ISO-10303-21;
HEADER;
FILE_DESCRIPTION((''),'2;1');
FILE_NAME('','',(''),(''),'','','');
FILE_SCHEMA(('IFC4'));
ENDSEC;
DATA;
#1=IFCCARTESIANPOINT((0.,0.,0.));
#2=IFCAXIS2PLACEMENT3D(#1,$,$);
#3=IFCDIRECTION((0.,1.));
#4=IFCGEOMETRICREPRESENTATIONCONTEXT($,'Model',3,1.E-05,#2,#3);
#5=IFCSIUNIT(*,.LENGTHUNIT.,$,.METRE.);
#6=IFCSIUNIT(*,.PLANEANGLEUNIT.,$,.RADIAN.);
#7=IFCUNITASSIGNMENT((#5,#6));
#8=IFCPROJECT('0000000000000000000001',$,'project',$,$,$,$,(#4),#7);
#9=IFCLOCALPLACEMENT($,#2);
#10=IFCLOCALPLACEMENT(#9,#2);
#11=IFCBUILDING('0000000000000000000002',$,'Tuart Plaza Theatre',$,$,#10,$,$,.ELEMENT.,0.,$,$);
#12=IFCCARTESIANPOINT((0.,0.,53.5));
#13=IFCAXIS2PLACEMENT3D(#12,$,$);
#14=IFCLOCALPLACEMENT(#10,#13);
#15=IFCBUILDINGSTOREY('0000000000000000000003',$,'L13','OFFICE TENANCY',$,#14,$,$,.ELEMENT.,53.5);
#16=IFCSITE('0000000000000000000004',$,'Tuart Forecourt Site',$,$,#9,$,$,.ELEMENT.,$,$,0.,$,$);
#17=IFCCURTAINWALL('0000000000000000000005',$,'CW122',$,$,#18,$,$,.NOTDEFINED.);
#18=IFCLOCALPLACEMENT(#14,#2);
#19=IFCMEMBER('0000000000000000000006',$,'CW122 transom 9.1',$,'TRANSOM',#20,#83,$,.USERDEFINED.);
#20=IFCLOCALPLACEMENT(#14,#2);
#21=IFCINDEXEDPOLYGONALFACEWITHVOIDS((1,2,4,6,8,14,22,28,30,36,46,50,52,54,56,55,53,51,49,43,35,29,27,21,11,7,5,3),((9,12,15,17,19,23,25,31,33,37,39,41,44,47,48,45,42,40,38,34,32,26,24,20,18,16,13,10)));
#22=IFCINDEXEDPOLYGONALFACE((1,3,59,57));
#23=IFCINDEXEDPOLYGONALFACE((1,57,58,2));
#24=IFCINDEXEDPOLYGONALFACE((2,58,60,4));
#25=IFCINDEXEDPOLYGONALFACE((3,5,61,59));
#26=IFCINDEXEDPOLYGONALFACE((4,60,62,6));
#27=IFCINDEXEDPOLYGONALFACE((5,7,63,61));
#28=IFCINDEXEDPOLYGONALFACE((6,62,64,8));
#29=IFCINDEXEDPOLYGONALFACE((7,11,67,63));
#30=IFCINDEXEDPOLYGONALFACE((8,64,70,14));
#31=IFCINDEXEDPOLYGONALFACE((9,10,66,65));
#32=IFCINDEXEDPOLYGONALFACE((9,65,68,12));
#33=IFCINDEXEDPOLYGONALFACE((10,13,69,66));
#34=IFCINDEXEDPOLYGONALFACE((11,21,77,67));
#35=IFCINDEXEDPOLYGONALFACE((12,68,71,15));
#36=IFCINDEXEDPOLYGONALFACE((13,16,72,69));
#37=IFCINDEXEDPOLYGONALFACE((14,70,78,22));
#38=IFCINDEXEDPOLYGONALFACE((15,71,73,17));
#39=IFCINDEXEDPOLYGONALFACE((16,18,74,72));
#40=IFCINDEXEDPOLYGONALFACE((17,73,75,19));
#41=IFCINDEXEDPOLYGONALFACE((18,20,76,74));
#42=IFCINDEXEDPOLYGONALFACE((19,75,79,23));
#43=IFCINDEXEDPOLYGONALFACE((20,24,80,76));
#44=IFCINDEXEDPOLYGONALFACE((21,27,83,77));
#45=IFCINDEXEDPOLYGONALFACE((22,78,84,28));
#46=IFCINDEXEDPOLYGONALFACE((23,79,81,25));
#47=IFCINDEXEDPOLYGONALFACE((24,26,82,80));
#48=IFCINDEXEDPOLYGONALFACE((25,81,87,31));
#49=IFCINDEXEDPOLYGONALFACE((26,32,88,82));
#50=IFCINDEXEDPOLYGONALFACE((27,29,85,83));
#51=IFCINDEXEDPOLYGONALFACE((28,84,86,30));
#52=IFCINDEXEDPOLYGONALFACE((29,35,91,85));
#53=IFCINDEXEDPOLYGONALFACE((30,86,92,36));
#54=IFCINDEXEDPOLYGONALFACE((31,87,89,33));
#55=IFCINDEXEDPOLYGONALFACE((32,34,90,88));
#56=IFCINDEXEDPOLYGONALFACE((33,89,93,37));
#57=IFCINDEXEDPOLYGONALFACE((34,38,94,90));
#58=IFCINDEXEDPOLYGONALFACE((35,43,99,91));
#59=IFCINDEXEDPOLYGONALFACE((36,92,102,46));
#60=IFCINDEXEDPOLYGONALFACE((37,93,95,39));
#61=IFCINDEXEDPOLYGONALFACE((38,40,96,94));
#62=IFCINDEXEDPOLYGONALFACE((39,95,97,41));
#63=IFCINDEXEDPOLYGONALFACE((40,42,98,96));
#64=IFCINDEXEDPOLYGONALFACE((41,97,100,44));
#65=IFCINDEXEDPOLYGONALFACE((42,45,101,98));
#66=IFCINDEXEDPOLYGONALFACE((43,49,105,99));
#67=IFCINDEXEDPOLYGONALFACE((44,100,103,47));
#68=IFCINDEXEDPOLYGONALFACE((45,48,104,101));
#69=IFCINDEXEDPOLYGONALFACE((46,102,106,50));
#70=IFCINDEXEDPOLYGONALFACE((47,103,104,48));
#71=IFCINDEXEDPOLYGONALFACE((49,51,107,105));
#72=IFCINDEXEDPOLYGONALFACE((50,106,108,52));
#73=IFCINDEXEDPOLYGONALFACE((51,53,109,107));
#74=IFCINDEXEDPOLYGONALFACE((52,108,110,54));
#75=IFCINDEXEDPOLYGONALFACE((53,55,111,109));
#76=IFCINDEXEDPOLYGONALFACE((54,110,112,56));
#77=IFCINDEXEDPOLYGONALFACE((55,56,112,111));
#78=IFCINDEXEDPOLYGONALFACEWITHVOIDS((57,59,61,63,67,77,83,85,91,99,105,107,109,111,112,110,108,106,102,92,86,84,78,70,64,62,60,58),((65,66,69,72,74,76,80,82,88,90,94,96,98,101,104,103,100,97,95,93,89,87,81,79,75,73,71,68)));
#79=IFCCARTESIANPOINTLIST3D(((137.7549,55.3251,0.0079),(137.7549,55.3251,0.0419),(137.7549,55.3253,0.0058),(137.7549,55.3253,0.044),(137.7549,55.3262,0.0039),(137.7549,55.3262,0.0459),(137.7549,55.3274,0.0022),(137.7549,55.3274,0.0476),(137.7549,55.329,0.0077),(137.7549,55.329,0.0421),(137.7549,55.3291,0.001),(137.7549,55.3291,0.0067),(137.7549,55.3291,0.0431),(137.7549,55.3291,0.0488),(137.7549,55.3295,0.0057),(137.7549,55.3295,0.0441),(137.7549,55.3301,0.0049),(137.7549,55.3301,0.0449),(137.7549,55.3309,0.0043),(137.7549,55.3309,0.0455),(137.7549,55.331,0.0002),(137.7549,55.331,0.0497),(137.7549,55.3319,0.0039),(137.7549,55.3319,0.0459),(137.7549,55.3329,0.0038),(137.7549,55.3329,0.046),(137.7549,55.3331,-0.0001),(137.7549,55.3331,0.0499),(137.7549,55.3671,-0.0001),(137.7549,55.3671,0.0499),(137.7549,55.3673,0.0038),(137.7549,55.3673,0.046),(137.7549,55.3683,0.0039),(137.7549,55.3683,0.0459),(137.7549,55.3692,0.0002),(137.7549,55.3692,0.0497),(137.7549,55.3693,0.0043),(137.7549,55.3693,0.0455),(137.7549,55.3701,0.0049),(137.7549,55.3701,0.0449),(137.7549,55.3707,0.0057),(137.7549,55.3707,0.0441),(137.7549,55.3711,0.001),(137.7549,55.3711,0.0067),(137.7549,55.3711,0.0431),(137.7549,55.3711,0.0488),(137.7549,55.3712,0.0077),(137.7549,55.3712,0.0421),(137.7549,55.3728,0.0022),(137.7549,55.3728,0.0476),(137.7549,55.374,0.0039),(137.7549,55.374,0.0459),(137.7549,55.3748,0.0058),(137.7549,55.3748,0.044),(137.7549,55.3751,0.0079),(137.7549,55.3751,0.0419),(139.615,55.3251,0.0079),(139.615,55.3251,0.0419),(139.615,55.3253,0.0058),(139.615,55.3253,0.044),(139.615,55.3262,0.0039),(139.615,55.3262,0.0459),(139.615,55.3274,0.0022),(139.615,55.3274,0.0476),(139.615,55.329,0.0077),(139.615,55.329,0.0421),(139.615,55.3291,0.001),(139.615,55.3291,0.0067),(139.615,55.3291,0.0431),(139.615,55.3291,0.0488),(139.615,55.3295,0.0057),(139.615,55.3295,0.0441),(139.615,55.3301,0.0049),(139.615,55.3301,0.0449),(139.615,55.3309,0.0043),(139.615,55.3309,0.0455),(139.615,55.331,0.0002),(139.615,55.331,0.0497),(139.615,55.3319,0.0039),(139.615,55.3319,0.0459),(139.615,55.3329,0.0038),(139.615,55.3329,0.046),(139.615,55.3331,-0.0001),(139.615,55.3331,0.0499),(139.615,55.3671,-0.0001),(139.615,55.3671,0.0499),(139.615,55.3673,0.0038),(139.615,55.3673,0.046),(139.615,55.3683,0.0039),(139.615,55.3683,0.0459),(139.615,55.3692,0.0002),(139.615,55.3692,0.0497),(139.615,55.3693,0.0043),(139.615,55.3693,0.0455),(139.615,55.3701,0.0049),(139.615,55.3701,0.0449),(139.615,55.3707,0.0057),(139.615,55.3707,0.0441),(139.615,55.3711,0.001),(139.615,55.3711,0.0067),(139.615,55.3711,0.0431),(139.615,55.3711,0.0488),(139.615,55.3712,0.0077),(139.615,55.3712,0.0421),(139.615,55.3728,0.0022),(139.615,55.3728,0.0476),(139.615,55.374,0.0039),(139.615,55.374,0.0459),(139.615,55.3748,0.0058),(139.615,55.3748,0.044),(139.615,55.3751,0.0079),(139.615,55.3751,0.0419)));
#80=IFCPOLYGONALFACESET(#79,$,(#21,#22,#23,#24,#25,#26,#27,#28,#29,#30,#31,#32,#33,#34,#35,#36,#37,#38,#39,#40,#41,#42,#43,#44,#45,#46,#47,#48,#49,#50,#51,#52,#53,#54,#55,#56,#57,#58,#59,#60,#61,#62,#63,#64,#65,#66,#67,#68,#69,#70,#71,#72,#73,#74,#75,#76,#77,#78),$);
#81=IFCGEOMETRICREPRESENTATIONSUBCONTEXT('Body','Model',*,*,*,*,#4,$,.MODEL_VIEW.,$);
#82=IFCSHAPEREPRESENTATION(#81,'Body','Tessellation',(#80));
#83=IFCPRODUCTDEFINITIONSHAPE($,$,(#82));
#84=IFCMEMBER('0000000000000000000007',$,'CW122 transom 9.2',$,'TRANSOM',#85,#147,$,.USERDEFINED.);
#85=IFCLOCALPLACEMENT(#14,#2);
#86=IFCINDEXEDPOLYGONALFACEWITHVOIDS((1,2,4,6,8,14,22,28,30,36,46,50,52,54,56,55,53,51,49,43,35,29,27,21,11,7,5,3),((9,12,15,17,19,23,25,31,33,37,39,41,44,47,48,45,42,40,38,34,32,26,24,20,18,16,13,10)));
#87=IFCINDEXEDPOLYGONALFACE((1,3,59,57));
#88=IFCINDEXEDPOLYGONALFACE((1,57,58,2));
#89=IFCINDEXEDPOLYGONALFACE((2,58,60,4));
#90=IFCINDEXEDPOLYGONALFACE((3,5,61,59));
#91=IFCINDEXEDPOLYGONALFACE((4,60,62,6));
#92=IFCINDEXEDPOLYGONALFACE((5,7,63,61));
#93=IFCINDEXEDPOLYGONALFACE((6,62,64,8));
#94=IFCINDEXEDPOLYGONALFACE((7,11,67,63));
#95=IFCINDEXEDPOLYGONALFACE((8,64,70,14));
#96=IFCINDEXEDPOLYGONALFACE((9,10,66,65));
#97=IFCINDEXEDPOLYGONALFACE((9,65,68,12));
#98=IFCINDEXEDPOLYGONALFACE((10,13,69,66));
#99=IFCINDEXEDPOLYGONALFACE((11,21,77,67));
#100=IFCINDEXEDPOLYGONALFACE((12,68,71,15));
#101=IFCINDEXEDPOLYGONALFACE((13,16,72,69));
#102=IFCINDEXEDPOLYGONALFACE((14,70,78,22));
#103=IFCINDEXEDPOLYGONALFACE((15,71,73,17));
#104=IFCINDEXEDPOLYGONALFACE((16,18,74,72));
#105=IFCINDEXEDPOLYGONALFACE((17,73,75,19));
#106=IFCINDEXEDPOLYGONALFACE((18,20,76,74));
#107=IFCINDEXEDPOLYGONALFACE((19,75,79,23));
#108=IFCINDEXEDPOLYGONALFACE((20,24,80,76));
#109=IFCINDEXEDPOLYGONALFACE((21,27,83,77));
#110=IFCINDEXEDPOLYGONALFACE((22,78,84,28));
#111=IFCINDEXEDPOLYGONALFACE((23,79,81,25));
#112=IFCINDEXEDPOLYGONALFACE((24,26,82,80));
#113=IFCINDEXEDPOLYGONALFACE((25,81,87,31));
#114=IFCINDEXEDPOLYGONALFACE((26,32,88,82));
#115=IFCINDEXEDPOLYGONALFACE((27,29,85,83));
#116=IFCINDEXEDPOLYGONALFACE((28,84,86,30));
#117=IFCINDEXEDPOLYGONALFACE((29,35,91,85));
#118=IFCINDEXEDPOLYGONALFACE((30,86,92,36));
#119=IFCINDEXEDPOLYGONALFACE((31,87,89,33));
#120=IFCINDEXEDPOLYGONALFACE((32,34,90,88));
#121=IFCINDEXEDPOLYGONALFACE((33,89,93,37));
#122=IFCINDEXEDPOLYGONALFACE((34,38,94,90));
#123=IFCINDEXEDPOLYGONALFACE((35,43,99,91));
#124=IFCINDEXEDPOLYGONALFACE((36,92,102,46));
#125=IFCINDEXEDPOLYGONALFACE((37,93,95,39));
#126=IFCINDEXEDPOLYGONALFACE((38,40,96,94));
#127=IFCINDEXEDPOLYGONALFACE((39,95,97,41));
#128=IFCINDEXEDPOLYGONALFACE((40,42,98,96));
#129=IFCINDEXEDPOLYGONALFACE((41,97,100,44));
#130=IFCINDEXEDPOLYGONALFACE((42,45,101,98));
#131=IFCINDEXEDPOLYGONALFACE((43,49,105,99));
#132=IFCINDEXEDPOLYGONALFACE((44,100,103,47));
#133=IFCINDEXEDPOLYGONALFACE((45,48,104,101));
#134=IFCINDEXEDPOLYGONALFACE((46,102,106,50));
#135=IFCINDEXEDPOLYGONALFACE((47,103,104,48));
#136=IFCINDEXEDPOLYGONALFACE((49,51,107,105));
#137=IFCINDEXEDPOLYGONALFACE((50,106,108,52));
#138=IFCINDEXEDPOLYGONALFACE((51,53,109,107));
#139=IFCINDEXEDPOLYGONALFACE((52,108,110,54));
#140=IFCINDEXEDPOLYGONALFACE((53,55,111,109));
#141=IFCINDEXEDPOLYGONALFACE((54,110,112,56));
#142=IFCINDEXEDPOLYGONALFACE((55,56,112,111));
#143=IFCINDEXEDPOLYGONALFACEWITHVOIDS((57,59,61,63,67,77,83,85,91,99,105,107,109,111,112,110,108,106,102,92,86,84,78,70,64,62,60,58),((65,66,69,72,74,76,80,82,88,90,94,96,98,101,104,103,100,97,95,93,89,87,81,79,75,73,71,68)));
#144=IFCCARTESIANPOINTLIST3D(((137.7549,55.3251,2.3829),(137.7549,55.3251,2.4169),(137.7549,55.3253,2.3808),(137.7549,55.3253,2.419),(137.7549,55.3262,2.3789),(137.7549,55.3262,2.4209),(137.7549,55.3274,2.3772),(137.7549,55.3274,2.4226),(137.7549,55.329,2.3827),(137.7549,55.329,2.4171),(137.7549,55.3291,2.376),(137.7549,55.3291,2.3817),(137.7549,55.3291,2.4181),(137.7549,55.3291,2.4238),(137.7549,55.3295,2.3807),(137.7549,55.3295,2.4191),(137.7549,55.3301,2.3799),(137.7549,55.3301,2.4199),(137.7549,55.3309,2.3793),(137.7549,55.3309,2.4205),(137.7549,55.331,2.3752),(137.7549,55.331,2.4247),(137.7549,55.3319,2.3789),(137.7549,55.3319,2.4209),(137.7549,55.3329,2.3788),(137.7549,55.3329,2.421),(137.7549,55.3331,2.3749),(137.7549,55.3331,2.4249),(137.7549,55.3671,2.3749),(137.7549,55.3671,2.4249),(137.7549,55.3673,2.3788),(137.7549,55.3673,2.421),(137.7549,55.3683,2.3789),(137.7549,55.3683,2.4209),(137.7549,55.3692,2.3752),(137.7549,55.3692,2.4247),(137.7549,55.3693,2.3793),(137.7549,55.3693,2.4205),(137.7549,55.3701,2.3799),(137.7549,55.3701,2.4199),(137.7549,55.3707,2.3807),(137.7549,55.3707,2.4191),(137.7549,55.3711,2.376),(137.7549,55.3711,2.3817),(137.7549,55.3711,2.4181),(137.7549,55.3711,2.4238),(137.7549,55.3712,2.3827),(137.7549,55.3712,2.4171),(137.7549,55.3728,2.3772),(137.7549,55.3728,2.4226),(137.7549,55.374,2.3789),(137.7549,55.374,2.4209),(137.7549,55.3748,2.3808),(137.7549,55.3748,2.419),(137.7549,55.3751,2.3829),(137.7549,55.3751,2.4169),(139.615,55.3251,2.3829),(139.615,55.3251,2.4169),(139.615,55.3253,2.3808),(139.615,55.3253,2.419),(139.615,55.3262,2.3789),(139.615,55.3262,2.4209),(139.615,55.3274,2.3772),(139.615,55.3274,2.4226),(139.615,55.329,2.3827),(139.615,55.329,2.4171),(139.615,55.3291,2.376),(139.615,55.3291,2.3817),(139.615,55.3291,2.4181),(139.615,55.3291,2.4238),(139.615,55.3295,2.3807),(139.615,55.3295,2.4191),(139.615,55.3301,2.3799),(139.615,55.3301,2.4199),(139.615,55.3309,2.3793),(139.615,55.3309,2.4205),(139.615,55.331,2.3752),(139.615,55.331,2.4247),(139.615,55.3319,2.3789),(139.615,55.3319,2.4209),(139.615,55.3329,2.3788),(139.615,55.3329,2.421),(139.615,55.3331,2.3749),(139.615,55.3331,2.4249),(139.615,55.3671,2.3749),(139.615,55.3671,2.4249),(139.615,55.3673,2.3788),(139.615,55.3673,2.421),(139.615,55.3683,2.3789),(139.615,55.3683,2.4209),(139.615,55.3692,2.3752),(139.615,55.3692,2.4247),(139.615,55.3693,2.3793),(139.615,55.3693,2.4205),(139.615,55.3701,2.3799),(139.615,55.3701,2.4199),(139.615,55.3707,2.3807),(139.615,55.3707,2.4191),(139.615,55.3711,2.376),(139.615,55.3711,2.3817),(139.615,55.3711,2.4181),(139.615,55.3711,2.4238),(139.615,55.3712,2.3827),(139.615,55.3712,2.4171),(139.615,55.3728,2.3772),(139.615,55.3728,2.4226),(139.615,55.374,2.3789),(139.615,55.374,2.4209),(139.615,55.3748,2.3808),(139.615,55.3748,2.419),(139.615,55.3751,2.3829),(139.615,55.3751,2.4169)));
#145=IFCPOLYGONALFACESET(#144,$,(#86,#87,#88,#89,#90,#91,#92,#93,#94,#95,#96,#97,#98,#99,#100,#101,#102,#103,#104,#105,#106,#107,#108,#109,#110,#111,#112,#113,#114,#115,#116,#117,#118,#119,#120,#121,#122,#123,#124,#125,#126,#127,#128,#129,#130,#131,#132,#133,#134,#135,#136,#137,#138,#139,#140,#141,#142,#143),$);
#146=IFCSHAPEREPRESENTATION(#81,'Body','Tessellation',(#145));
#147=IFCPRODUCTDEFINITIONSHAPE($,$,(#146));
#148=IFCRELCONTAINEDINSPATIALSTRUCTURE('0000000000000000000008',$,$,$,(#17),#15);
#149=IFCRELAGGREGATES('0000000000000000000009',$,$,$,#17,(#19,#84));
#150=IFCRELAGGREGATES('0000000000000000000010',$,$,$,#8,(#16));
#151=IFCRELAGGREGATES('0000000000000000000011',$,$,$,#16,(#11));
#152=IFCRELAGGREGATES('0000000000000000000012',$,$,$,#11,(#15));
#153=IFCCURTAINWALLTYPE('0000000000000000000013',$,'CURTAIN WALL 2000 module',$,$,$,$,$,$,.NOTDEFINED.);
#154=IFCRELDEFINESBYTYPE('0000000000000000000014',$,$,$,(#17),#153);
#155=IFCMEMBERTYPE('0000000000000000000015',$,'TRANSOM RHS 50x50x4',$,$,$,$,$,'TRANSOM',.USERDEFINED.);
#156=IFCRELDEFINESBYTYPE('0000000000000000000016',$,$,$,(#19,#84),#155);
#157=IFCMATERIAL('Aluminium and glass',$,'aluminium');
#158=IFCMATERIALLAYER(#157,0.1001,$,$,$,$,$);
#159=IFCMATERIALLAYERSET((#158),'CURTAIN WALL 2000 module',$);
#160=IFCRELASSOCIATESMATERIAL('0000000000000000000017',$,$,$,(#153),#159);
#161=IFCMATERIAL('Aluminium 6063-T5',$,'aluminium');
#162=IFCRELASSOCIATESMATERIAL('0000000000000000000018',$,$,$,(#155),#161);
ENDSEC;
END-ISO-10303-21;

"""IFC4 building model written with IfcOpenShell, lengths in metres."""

from ifc_helpers import new_model, si_unit, direction, frame, origin, origin_2d, place, context, subcontext, project, spatial, hollow_rectangle, extrude, material, layer, layer_set, material_profile, profile_set, type_object, element, aggregate, save


model = new_model("IFC4")

# Units and contexts
model_context = context("Model", 3, precision=1e-05, world=origin(), true_north=direction((0.0, 1.0)))
body_context = subcontext(model_context, "Body", "Model", "MODEL_VIEW")
ifc_project = project(units=[si_unit("LENGTHUNIT", "METRE"), si_unit("PLANEANGLEUNIT", "RADIAN")], contexts=[model_context])

# Site, building, storey
site_placement = place(None, origin())
site = spatial("IfcSite", under=ifc_project, at=site_placement, Name="Tuart Forecourt Site", CompositionType="ELEMENT", RefElevation=0.0)
building_placement = place(site_placement, origin())
building = spatial("IfcBuilding", under=site, at=building_placement, Name="Tuart Plaza Theatre", CompositionType="ELEMENT", ElevationOfRefHeight=0.0)
storey_placement = place(building_placement, frame((0.0, 0.0, 53.5)))
storey = spatial("IfcBuildingStorey", under=building, at=storey_placement, Name="L13", Description="OFFICE TENANCY", CompositionType="ELEMENT", Elevation=53.5)

# Curtain wall, members
ifc_material_1 = material(Name="Aluminium and glass", Category="aluminium")
ifc_layer_1 = layer(ifc_material_1, 0.1001)
ifc_layer_set_1 = layer_set([ifc_layer_1], Name="CURTAIN WALL 2000 module")
curtain_wall_type = type_object("IfcCurtainWallType", Name="CURTAIN WALL 2000 module", PredefinedType="NOTDEFINED", material=ifc_layer_set_1)
curtain_wall_placement = place(storey_placement, origin())
curtain_wall = element("IfcCurtainWall", 1, at=curtain_wall_placement, inside=storey, type_object=curtain_wall_type, Name="CW122", PredefinedType="NOTDEFINED")
ifc_material_2 = material(Name="Aluminium 6063-T5", Category="aluminium")
ifc_material_profile_1 = material_profile(ifc_material_2, hollow_rectangle(XDim=0.05, YDim=0.05, WallThickness=0.0039, InnerFilletRadius=0.0039, OuterFilletRadius=0.0081, at=origin_2d()), Name="RHS 50x50x4")
ifc_profile_set_1 = profile_set([ifc_material_profile_1], Name="Aluminium 6063-T5")
member_type_1 = type_object("IfcMemberType", Name="TRANSOM RHS 50x50x4", ElementType="TRANSOM", PredefinedType="USERDEFINED", material=ifc_profile_set_1)
member_1_placement = place(storey_placement, frame((137.7549, 55.3501, 0.0249), z_axis=(1.0, 0.0, 0.0), x_axis=(0.0, 1.0, 0.0)))
member_1 = element("IfcMember", 2, at=member_1_placement, type_object=member_type_1, Name="CW122 transom 9.1", ObjectType="TRANSOM", PredefinedType="USERDEFINED", context=body_context, shape_type="SweptSolid", body=[
    extrude(hollow_rectangle(XDim=0.05, YDim=0.05, WallThickness=0.0039, InnerFilletRadius=0.0039, OuterFilletRadius=0.0081, at=origin_2d()), origin(), (0.0, 0.0, 1.0), 1.8601),
])
member_2_placement = place(storey_placement, frame((137.7549, 55.3501, 2.3999), z_axis=(1.0, 0.0, 0.0), x_axis=(0.0, 1.0, 0.0)))
member_2 = element("IfcMember", 3, at=member_2_placement, type_object=member_type_1, Name="CW122 transom 9.2", ObjectType="TRANSOM", PredefinedType="USERDEFINED", context=body_context, shape_type="SweptSolid", body=[
    extrude(hollow_rectangle(XDim=0.05, YDim=0.05, WallThickness=0.0039, InnerFilletRadius=0.0039, OuterFilletRadius=0.0081, at=origin_2d()), origin(), (0.0, 0.0, 1.0), 1.8601),
])
aggregate(curtain_wall, [member_1, member_2])

save(model, "model.ifc")
